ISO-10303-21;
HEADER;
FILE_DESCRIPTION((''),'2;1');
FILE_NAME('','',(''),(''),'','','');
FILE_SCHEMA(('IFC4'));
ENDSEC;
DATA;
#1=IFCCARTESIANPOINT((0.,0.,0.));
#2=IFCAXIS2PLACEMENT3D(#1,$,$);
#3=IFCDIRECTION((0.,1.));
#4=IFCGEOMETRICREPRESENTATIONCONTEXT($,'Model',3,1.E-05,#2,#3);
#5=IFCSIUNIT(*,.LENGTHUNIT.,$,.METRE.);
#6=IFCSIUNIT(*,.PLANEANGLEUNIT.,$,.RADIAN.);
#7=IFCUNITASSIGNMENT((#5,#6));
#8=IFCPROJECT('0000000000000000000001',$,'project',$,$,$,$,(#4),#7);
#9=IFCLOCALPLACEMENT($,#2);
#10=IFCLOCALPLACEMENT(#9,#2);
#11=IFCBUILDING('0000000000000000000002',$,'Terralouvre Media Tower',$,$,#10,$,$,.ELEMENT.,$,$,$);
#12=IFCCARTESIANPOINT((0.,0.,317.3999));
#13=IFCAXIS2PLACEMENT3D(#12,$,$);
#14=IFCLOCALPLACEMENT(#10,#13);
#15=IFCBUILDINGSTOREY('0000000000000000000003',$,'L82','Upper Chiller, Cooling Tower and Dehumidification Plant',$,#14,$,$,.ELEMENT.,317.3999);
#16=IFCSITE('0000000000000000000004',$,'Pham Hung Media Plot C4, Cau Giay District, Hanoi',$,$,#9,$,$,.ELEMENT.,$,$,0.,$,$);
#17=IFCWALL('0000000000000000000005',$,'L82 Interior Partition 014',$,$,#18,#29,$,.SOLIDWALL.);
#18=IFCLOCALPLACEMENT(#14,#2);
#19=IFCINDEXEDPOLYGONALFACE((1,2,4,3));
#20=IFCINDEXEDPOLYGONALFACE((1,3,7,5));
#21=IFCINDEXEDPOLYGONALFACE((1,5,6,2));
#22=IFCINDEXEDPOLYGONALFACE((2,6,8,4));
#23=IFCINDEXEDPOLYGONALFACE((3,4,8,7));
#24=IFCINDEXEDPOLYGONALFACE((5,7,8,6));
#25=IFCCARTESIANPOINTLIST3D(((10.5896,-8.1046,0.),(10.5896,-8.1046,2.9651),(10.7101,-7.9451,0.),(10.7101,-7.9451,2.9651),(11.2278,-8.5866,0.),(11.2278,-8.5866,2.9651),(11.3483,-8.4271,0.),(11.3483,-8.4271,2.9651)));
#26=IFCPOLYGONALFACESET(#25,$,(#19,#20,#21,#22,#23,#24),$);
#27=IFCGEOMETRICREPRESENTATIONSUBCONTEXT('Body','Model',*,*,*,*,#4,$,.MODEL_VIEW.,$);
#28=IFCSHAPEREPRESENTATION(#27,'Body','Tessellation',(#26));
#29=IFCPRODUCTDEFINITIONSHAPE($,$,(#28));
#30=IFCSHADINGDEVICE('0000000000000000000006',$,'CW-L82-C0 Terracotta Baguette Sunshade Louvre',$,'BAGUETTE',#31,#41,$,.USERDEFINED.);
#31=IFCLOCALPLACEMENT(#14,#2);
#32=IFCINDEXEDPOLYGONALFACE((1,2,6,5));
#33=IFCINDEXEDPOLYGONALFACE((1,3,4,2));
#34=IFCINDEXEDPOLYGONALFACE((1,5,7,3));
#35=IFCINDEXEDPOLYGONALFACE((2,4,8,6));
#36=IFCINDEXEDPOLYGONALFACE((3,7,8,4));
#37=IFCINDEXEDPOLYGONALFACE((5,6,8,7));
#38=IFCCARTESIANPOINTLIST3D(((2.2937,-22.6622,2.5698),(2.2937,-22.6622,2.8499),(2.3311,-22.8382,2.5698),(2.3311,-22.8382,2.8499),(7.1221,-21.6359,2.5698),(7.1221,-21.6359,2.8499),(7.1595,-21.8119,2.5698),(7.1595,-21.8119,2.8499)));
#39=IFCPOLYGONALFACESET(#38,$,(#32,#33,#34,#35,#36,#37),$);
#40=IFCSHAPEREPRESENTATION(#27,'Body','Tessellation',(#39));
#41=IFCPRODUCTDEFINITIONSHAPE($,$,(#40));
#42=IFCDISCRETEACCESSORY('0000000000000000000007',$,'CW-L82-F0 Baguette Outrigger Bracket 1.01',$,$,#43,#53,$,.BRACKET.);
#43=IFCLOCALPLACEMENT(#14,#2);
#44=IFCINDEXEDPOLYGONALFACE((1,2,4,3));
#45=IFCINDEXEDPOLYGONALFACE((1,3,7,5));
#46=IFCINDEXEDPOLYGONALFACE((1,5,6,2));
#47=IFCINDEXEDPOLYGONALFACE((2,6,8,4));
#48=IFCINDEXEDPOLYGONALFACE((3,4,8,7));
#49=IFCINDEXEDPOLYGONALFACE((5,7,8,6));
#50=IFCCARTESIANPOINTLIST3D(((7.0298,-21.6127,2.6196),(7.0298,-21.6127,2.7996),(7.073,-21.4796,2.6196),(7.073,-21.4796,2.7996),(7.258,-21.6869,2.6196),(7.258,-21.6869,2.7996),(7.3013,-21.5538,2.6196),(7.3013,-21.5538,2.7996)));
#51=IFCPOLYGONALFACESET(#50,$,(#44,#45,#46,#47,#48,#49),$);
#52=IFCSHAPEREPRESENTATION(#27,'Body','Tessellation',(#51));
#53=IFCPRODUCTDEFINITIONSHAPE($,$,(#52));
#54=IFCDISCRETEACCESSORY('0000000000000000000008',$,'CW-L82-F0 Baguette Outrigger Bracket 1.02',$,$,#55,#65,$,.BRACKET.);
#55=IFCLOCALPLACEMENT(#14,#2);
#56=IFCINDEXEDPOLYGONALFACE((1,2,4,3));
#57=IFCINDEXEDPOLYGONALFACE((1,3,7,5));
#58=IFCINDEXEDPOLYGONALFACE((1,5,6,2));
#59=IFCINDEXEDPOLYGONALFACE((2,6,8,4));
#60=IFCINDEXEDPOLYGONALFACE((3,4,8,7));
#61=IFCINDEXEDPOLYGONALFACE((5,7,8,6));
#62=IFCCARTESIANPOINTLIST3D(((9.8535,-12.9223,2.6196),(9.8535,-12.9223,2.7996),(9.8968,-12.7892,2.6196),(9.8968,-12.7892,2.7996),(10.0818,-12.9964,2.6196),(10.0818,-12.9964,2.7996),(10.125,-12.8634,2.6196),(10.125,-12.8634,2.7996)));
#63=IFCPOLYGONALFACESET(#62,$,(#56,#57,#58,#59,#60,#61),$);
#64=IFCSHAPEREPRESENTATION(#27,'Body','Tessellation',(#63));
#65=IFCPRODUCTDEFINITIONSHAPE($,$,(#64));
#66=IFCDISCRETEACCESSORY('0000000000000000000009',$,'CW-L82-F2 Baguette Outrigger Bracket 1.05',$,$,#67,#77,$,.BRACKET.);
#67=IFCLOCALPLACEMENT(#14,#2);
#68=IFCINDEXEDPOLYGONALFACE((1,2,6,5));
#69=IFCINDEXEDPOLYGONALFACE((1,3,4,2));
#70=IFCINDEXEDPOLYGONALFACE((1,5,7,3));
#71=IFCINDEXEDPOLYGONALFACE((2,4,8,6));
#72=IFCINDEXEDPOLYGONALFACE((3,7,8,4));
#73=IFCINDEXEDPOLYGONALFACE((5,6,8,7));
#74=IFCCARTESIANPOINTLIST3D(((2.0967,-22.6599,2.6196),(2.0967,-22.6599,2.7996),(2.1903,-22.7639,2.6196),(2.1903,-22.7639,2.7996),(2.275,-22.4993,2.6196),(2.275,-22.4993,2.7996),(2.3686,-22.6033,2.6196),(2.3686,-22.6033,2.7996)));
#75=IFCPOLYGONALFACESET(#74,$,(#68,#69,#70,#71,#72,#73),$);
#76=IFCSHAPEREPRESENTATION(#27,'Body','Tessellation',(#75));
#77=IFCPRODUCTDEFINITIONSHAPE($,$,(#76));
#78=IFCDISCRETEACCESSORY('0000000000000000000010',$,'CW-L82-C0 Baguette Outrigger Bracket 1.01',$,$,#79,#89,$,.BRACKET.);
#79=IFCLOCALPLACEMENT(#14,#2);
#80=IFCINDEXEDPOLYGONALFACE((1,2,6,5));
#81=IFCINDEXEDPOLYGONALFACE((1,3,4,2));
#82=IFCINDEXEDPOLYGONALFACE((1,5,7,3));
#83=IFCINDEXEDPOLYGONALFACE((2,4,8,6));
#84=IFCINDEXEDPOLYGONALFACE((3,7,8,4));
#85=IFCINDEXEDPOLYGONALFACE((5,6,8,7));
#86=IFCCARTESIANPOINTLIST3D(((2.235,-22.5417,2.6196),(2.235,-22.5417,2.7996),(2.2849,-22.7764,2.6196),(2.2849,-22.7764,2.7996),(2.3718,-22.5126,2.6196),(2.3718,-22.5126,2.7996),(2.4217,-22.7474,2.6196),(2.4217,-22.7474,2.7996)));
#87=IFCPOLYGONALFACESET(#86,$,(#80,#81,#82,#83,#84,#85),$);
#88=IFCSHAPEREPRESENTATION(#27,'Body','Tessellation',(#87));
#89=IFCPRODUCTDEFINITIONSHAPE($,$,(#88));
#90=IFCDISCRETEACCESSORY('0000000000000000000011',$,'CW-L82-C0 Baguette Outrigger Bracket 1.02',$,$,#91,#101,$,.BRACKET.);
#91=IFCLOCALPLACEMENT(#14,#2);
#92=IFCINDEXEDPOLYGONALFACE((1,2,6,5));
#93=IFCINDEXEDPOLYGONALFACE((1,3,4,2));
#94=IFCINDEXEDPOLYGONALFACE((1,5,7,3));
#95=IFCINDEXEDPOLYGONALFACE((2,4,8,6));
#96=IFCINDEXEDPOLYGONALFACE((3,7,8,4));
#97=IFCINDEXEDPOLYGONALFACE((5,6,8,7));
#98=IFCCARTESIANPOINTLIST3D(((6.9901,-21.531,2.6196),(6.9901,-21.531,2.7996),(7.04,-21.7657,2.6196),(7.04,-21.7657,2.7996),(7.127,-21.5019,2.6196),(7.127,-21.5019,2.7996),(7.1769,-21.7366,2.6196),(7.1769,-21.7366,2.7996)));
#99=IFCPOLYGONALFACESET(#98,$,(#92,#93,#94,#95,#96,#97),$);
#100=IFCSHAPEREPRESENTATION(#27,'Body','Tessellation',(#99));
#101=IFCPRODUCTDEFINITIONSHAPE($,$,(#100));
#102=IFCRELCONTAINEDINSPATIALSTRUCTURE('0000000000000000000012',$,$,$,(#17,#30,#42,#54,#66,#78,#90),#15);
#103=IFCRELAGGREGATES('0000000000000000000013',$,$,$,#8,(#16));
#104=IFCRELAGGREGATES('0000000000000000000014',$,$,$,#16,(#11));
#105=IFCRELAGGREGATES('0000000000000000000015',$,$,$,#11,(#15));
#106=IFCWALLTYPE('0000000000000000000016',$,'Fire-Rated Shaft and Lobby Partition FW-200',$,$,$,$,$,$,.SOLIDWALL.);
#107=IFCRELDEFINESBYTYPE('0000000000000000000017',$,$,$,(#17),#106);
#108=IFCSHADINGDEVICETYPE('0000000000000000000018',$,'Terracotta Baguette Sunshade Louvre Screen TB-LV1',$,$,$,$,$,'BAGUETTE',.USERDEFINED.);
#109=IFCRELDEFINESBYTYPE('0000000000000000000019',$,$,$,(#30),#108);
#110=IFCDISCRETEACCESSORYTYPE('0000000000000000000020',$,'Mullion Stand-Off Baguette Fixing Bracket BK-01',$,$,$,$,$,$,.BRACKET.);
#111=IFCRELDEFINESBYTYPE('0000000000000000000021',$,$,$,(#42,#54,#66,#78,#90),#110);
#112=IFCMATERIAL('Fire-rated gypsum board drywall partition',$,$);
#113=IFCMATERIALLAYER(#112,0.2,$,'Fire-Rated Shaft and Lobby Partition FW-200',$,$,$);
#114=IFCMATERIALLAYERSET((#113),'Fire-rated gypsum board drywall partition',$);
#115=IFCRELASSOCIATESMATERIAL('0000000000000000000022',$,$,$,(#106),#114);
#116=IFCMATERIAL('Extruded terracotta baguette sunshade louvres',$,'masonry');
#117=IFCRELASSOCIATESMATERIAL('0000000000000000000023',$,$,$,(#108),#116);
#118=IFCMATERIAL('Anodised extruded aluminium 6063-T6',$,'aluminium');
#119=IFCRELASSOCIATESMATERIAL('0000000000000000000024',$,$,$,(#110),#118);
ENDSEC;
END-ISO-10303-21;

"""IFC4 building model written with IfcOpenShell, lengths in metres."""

from ifc_helpers import new_model, si_unit, direction, frame, frame_2d, origin, origin_2d, place, context, subcontext, project, spatial, rectangle, extrude, material, layer, layer_set, type_object, element, save


model = new_model("IFC4")

# Units and contexts
model_context = context("Model", 3, precision=1e-05, world=origin(), true_north=direction((0.0, 1.0)))
body_context = subcontext(model_context, "Body", "Model", "MODEL_VIEW")
ifc_project = project(units=[si_unit("LENGTHUNIT", "METRE"), si_unit("PLANEANGLEUNIT", "RADIAN")], contexts=[model_context])

# Site, building, storey
site_placement = place(None, origin())
site = spatial("IfcSite", under=ifc_project, at=site_placement, Name="Pham Hung Media Plot C4, Cau Giay District, Hanoi", CompositionType="ELEMENT", RefElevation=0.0)
building_placement = place(site_placement, origin())
building = spatial("IfcBuilding", under=site, at=building_placement, Name="Terralouvre Media Tower", CompositionType="ELEMENT")
storey_placement = place(building_placement, frame((0.0, 0.0, 317.3999)))
storey = spatial("IfcBuildingStorey", under=building, at=storey_placement, Name="L82", Description="Upper Chiller, Cooling Tower and Dehumidification Plant", CompositionType="ELEMENT", Elevation=317.3999)

# Wall
ifc_material_1 = material(Name="Fire-rated gypsum board drywall partition")
ifc_layer_1 = layer(ifc_material_1, 0.2, Name="Fire-Rated Shaft and Lobby Partition FW-200")
ifc_layer_set_1 = layer_set([ifc_layer_1], Name="Fire-rated gypsum board drywall partition")
wall_type = type_object("IfcWallType", Name="Fire-Rated Shaft and Lobby Partition FW-200", PredefinedType="SOLIDWALL", material=ifc_layer_set_1)
wall_1_placement = place(storey_placement, frame((11.2881, -8.5068, 0.0), z_axis=(0.0, 0.0, 1.0), x_axis=(-0.798017, 0.602634, 0.0)))
element("IfcWall", 1, at=wall_1_placement, inside=storey, type_object=wall_type, Name="L82 Interior Partition 014", PredefinedType="SOLIDWALL", context=body_context, shape_type="SweptSolid", body=[
    extrude(rectangle(XDim=0.7998, YDim=0.2, at=frame_2d((0.3999, 0.0))), origin(), (0.0, 0.0, 1.0), 2.9651),
])

# Shading device
ifc_material_2 = material(Name="Extruded terracotta baguette sunshade louvres", Category="masonry")
shading_device_type = type_object("IfcShadingDeviceType", Name="Terracotta Baguette Sunshade Louvre Screen TB-LV1", ElementType="BAGUETTE", PredefinedType="USERDEFINED", material=ifc_material_2)
shading_device_placement = place(storey_placement, frame((4.7266, -22.2371, 2.5698), z_axis=(0.0, 0.0, 1.0), x_axis=(0.978148, 0.207911, 0.0)))
element("IfcShadingDevice", 2, at=shading_device_placement, inside=storey, type_object=shading_device_type, Name="CW-L82-C0 Terracotta Baguette Sunshade Louvre", ObjectType="BAGUETTE", PredefinedType="USERDEFINED", context=body_context, shape_type="SweptSolid", body=[
    extrude(rectangle(XDim=4.9363, YDim=0.1799, at=origin_2d()), origin(), (0.0, 0.0, 1.0), 0.28),
])

# Discrete accessories
ifc_material_3 = material(Name="Anodised extruded aluminium 6063-T6", Category="aluminium")
discrete_accessory_type = type_object("IfcDiscreteAccessoryType", Name="Mullion Stand-Off Baguette Fixing Bracket BK-01", PredefinedType="BRACKET", material=ifc_material_3)
for number, where, z_axis, x_axis, name in (
    (3, (7.1655, -21.5833, 2.6196), (0.0, 0.0, 1.0), (0.309017, 0.951056, 0.0), "CW-L82-F0 Baguette Outrigger Bracket 1.01"),
    (4, (9.9893, -12.8928, 2.6196), (0.0, 0.0, 1.0), (0.309017, 0.951056, 0.0), "CW-L82-F0 Baguette Outrigger Bracket 1.02"),
    (5, (2.2327, -22.6316, 2.6196), (0.0, 0.0, 1.0), (0.66913, -0.743145, 0.0), "CW-L82-F2 Baguette Outrigger Bracket 1.05"),
    (6, (2.3284, -22.6445, 2.6196), (0.0, 0.0, 1.0), (0.978148, 0.207911, 0.0), "CW-L82-C0 Baguette Outrigger Bracket 1.01"),
    (7, (7.0835, -21.6338, 2.6196), (0.0, 0.0, 1.0), (0.978148, 0.207911, 0.0), "CW-L82-C0 Baguette Outrigger Bracket 1.02"),
):
    element("IfcDiscreteAccessory", number, at=place(storey_placement, frame(where, z_axis=z_axis, x_axis=x_axis)), inside=storey, type_object=discrete_accessory_type, Name=name, PredefinedType="BRACKET", context=body_context, shape_type="SweptSolid", body=[
        extrude(rectangle(XDim=0.1399, YDim=0.24, at=origin_2d()), origin(), (0.0, 0.0, 1.0), 0.1799),
    ])

save(model, "model.ifc")
